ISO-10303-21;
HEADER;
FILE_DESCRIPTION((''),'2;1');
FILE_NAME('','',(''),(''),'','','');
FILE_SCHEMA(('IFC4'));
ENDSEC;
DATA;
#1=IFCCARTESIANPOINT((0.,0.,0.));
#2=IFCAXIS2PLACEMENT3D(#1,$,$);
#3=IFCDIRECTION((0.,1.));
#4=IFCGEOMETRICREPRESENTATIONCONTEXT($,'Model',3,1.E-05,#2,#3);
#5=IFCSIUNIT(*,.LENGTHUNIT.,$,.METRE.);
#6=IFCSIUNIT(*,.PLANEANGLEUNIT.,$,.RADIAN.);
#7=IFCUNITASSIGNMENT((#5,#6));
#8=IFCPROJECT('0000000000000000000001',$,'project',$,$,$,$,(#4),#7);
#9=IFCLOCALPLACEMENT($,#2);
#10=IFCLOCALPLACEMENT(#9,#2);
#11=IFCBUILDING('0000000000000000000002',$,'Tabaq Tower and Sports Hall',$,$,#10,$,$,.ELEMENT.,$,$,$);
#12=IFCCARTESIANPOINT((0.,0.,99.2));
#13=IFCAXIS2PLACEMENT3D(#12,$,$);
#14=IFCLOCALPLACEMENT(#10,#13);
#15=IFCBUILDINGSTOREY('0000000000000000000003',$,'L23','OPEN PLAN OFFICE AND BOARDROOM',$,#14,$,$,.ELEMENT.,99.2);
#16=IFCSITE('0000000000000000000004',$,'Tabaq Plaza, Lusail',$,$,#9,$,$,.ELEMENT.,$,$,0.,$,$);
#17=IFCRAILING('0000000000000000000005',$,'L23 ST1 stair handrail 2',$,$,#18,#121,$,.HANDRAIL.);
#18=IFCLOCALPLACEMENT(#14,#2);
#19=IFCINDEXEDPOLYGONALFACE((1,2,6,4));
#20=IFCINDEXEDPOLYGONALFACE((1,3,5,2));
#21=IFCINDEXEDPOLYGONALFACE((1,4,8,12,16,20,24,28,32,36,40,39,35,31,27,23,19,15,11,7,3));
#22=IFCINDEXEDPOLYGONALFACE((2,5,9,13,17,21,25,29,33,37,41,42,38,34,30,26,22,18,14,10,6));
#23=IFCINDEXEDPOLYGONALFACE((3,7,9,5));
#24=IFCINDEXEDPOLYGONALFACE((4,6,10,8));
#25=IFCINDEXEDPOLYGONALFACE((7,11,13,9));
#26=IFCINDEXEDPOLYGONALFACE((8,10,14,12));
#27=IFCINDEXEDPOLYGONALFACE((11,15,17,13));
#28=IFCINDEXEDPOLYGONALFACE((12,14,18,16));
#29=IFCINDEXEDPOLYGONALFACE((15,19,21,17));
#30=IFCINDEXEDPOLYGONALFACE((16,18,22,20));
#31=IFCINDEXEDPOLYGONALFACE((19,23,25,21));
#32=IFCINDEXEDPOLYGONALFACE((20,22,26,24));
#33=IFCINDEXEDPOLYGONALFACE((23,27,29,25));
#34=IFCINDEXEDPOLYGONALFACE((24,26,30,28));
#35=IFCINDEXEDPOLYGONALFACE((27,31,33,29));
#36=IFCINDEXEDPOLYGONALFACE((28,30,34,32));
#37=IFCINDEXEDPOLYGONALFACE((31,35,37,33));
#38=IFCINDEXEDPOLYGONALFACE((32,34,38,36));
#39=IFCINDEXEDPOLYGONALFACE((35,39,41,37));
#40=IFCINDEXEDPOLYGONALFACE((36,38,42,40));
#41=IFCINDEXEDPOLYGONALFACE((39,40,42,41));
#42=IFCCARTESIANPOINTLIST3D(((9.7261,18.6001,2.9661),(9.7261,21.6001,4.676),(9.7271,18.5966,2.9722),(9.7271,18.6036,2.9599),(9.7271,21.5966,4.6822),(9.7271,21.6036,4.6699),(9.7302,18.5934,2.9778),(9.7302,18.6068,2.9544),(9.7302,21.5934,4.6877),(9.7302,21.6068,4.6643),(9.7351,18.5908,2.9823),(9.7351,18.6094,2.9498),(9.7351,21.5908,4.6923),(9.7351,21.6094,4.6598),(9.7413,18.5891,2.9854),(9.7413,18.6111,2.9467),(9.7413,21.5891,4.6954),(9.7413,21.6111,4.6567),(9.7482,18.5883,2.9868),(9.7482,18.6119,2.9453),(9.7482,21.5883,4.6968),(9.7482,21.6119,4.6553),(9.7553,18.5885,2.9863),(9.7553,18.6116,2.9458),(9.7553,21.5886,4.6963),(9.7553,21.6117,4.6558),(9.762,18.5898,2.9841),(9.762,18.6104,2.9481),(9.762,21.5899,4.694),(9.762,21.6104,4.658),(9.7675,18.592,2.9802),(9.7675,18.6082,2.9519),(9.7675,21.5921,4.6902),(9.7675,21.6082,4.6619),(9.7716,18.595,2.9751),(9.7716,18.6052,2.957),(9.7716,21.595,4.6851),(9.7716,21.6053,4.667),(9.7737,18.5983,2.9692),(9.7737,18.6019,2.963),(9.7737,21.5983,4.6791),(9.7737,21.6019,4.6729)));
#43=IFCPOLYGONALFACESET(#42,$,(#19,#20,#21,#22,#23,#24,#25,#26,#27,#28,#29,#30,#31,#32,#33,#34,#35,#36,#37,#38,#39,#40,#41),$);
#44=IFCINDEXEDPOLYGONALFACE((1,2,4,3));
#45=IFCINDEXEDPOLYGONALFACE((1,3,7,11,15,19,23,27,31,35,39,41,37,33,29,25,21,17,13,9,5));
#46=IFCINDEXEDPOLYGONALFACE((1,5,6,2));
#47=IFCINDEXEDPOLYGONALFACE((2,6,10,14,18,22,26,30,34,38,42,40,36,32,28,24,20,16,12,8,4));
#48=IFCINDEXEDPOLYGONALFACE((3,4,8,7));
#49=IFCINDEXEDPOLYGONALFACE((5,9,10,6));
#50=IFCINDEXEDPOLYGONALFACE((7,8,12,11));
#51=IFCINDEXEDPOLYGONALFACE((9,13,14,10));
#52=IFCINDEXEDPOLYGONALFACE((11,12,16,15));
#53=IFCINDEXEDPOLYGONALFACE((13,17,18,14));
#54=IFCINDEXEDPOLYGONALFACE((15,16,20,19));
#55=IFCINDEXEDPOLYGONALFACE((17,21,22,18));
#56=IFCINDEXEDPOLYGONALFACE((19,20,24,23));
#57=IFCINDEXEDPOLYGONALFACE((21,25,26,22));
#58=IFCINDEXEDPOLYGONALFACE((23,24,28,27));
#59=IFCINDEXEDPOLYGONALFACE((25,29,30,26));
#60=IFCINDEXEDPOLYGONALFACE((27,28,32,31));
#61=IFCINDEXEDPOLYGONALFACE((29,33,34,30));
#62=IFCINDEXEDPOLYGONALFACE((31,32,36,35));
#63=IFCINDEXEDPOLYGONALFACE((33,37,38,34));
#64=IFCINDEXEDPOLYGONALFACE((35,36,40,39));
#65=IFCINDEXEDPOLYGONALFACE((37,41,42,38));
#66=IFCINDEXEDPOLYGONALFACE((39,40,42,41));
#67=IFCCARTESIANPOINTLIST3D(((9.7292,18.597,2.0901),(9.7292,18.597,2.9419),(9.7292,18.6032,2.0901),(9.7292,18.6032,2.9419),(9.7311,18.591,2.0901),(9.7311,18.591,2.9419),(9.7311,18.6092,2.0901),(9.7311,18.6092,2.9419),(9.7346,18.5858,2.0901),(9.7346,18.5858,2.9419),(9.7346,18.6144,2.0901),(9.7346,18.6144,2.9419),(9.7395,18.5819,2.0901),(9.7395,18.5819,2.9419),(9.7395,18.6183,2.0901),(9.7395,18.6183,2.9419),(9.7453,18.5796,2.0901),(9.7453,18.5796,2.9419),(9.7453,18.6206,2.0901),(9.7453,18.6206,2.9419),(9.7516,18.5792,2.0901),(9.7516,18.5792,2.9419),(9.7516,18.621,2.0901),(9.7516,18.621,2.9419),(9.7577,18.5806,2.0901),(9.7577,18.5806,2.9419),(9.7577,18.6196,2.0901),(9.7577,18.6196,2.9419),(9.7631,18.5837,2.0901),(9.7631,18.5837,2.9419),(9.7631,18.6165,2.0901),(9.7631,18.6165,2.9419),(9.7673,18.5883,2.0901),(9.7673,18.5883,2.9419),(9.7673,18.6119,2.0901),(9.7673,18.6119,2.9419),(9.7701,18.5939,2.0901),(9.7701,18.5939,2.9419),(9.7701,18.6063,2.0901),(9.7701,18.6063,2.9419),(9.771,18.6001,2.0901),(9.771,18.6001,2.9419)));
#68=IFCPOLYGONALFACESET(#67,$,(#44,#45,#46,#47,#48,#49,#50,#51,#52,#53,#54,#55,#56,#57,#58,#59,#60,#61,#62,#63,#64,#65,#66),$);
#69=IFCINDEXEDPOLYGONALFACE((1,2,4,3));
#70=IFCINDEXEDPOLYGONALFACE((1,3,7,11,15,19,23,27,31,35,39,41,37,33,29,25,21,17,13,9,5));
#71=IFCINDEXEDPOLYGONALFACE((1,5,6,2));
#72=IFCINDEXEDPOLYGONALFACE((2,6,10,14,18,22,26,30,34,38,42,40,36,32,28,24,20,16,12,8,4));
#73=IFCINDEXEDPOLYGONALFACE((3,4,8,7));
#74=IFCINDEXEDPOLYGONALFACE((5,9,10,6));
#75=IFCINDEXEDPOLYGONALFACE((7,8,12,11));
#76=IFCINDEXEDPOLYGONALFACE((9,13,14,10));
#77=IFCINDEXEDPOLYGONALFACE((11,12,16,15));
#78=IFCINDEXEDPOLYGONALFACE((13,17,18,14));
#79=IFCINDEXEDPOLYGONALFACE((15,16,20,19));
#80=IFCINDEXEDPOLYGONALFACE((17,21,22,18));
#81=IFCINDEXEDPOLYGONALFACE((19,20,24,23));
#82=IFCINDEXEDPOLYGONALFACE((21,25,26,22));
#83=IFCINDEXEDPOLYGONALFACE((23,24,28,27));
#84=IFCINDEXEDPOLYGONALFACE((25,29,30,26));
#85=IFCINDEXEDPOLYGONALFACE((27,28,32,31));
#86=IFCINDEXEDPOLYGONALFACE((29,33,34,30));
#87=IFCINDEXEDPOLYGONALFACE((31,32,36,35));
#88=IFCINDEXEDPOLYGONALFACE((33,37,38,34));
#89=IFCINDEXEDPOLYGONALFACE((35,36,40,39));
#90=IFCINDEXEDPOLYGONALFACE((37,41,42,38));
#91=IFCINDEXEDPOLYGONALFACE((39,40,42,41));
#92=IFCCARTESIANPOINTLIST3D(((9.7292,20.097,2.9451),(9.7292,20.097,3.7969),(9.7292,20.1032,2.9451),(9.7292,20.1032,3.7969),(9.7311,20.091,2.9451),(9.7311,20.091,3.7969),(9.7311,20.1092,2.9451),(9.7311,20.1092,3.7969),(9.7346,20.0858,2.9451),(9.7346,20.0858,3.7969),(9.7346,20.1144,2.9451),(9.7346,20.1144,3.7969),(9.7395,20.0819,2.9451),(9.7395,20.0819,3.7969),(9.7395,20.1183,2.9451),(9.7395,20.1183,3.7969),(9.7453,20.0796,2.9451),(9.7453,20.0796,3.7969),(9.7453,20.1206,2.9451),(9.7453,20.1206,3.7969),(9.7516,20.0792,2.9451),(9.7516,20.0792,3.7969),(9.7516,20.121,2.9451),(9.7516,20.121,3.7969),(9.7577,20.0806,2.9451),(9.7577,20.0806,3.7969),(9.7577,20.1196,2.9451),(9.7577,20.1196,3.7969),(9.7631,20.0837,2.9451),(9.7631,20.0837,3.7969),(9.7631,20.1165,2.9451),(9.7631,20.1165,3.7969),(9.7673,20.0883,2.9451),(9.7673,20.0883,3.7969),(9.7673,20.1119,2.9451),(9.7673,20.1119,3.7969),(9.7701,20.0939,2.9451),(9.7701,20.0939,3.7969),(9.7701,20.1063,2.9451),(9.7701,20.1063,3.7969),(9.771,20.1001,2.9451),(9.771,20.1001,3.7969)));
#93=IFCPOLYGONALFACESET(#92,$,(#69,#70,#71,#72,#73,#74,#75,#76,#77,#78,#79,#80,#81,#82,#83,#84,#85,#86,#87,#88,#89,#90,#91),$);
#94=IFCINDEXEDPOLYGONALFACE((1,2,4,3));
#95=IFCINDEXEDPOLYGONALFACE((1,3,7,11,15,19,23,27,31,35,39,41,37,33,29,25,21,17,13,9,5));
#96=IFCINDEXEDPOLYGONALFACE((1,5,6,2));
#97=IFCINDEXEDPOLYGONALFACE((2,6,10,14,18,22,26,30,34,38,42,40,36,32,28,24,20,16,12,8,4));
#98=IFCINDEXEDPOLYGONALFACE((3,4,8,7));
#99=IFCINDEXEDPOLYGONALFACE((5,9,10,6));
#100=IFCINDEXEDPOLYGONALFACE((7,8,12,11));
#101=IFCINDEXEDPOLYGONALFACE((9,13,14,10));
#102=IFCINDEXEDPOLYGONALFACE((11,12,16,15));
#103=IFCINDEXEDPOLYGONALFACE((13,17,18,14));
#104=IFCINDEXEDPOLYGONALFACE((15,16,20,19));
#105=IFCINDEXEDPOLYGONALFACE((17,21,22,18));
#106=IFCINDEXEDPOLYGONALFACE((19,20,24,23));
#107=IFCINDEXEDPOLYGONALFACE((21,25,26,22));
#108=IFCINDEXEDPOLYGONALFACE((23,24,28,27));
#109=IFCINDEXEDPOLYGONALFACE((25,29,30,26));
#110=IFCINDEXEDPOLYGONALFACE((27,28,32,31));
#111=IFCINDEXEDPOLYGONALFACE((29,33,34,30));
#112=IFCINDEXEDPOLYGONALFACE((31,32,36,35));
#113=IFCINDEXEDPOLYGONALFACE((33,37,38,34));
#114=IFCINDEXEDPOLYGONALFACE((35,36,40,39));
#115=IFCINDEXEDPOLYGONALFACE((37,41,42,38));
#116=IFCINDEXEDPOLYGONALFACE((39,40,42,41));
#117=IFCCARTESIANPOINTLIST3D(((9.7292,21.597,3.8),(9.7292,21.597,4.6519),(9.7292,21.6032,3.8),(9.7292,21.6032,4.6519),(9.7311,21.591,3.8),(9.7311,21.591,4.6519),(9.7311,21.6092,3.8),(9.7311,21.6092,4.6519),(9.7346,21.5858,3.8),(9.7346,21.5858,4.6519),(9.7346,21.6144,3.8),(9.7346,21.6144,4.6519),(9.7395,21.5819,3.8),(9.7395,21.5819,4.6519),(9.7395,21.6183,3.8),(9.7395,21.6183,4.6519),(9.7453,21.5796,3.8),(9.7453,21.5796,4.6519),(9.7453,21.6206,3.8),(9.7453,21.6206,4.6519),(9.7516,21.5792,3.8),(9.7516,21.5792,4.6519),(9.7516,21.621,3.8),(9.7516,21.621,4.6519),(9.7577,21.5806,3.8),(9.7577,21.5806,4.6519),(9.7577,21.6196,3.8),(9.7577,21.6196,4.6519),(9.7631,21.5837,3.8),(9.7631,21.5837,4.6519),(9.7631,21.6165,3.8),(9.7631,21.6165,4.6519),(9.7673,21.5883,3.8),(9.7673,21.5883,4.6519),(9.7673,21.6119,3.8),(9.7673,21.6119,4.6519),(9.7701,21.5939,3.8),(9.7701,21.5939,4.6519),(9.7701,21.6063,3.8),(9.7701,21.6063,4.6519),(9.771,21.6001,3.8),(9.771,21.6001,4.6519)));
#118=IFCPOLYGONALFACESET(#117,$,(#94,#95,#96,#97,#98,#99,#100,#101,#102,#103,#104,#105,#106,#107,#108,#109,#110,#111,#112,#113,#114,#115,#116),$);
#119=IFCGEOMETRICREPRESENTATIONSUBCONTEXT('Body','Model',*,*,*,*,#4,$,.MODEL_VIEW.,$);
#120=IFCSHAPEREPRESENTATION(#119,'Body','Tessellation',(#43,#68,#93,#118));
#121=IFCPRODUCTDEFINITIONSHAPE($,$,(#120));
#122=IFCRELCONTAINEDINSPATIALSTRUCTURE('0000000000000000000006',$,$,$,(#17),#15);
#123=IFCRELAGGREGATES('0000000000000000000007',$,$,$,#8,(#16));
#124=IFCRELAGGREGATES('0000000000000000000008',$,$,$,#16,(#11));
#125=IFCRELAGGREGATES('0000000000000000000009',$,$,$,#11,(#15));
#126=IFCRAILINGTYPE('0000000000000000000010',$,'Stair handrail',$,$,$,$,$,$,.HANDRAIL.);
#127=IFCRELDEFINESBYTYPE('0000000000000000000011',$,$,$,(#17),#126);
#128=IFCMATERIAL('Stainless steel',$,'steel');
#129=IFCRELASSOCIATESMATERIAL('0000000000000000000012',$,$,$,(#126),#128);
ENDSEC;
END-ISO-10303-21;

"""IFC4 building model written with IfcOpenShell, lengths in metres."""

from ifc_helpers import new_model, si_unit, direction, frame, origin, origin_2d, place, context, subcontext, project, spatial, circle, extrude, material, type_object, element, save


model = new_model("IFC4")

# Units and contexts
model_context = context("Model", 3, precision=1e-05, world=origin(), true_north=direction((0.0, 1.0)))
body_context = subcontext(model_context, "Body", "Model", "MODEL_VIEW")
ifc_project = project(units=[si_unit("LENGTHUNIT", "METRE"), si_unit("PLANEANGLEUNIT", "RADIAN")], contexts=[model_context])

# Site, building, storey
site_placement = place(None, origin())
site = spatial("IfcSite", under=ifc_project, at=site_placement, Name="Tabaq Plaza, Lusail", CompositionType="ELEMENT", RefElevation=0.0)
building_placement = place(site_placement, origin())
building = spatial("IfcBuilding", under=site, at=building_placement, Name="Tabaq Tower and Sports Hall", CompositionType="ELEMENT")
storey_placement = place(building_placement, frame((0.0, 0.0, 99.2)))
storey = spatial("IfcBuildingStorey", under=building, at=storey_placement, Name="L23", Description="OPEN PLAN OFFICE AND BOARDROOM", CompositionType="ELEMENT", Elevation=99.2)

# Railing
ifc_material_1 = material(Name="Stainless steel", Category="steel")
railing_type = type_object("IfcRailingType", Name="Stair handrail", PredefinedType="HANDRAIL", material=ifc_material_1)
railing_placement = place(storey_placement, frame((9.75, 18.6001, 2.0901)))
element("IfcRailing", 1, at=railing_placement, inside=storey, type_object=railing_type, Name="L23 ST1 stair handrail 2", PredefinedType="HANDRAIL", context=body_context, shape_type="SweptSolid", body=[
    extrude(circle(Radius=0.0239, at=origin_2d()), frame((0.0, 0.0, 0.876), z_axis=(0.0, 0.868782, 0.495195), x_axis=(-1.0, 0.0, 0.0)), (0.0, 0.0, 1.0), 3.4531),
    extrude(circle(Radius=0.021, at=origin_2d()), origin(), (0.0, 0.0, 1.0), 0.8518),
    extrude(circle(Radius=0.021, at=origin_2d()), frame((0.0, 1.5, 0.855)), (0.0, 0.0, 1.0), 0.8518),
    extrude(circle(Radius=0.021, at=origin_2d()), frame((0.0, 3.0, 1.71)), (0.0, 0.0, 1.0), 0.8518),
])

save(model, "model.ifc")
